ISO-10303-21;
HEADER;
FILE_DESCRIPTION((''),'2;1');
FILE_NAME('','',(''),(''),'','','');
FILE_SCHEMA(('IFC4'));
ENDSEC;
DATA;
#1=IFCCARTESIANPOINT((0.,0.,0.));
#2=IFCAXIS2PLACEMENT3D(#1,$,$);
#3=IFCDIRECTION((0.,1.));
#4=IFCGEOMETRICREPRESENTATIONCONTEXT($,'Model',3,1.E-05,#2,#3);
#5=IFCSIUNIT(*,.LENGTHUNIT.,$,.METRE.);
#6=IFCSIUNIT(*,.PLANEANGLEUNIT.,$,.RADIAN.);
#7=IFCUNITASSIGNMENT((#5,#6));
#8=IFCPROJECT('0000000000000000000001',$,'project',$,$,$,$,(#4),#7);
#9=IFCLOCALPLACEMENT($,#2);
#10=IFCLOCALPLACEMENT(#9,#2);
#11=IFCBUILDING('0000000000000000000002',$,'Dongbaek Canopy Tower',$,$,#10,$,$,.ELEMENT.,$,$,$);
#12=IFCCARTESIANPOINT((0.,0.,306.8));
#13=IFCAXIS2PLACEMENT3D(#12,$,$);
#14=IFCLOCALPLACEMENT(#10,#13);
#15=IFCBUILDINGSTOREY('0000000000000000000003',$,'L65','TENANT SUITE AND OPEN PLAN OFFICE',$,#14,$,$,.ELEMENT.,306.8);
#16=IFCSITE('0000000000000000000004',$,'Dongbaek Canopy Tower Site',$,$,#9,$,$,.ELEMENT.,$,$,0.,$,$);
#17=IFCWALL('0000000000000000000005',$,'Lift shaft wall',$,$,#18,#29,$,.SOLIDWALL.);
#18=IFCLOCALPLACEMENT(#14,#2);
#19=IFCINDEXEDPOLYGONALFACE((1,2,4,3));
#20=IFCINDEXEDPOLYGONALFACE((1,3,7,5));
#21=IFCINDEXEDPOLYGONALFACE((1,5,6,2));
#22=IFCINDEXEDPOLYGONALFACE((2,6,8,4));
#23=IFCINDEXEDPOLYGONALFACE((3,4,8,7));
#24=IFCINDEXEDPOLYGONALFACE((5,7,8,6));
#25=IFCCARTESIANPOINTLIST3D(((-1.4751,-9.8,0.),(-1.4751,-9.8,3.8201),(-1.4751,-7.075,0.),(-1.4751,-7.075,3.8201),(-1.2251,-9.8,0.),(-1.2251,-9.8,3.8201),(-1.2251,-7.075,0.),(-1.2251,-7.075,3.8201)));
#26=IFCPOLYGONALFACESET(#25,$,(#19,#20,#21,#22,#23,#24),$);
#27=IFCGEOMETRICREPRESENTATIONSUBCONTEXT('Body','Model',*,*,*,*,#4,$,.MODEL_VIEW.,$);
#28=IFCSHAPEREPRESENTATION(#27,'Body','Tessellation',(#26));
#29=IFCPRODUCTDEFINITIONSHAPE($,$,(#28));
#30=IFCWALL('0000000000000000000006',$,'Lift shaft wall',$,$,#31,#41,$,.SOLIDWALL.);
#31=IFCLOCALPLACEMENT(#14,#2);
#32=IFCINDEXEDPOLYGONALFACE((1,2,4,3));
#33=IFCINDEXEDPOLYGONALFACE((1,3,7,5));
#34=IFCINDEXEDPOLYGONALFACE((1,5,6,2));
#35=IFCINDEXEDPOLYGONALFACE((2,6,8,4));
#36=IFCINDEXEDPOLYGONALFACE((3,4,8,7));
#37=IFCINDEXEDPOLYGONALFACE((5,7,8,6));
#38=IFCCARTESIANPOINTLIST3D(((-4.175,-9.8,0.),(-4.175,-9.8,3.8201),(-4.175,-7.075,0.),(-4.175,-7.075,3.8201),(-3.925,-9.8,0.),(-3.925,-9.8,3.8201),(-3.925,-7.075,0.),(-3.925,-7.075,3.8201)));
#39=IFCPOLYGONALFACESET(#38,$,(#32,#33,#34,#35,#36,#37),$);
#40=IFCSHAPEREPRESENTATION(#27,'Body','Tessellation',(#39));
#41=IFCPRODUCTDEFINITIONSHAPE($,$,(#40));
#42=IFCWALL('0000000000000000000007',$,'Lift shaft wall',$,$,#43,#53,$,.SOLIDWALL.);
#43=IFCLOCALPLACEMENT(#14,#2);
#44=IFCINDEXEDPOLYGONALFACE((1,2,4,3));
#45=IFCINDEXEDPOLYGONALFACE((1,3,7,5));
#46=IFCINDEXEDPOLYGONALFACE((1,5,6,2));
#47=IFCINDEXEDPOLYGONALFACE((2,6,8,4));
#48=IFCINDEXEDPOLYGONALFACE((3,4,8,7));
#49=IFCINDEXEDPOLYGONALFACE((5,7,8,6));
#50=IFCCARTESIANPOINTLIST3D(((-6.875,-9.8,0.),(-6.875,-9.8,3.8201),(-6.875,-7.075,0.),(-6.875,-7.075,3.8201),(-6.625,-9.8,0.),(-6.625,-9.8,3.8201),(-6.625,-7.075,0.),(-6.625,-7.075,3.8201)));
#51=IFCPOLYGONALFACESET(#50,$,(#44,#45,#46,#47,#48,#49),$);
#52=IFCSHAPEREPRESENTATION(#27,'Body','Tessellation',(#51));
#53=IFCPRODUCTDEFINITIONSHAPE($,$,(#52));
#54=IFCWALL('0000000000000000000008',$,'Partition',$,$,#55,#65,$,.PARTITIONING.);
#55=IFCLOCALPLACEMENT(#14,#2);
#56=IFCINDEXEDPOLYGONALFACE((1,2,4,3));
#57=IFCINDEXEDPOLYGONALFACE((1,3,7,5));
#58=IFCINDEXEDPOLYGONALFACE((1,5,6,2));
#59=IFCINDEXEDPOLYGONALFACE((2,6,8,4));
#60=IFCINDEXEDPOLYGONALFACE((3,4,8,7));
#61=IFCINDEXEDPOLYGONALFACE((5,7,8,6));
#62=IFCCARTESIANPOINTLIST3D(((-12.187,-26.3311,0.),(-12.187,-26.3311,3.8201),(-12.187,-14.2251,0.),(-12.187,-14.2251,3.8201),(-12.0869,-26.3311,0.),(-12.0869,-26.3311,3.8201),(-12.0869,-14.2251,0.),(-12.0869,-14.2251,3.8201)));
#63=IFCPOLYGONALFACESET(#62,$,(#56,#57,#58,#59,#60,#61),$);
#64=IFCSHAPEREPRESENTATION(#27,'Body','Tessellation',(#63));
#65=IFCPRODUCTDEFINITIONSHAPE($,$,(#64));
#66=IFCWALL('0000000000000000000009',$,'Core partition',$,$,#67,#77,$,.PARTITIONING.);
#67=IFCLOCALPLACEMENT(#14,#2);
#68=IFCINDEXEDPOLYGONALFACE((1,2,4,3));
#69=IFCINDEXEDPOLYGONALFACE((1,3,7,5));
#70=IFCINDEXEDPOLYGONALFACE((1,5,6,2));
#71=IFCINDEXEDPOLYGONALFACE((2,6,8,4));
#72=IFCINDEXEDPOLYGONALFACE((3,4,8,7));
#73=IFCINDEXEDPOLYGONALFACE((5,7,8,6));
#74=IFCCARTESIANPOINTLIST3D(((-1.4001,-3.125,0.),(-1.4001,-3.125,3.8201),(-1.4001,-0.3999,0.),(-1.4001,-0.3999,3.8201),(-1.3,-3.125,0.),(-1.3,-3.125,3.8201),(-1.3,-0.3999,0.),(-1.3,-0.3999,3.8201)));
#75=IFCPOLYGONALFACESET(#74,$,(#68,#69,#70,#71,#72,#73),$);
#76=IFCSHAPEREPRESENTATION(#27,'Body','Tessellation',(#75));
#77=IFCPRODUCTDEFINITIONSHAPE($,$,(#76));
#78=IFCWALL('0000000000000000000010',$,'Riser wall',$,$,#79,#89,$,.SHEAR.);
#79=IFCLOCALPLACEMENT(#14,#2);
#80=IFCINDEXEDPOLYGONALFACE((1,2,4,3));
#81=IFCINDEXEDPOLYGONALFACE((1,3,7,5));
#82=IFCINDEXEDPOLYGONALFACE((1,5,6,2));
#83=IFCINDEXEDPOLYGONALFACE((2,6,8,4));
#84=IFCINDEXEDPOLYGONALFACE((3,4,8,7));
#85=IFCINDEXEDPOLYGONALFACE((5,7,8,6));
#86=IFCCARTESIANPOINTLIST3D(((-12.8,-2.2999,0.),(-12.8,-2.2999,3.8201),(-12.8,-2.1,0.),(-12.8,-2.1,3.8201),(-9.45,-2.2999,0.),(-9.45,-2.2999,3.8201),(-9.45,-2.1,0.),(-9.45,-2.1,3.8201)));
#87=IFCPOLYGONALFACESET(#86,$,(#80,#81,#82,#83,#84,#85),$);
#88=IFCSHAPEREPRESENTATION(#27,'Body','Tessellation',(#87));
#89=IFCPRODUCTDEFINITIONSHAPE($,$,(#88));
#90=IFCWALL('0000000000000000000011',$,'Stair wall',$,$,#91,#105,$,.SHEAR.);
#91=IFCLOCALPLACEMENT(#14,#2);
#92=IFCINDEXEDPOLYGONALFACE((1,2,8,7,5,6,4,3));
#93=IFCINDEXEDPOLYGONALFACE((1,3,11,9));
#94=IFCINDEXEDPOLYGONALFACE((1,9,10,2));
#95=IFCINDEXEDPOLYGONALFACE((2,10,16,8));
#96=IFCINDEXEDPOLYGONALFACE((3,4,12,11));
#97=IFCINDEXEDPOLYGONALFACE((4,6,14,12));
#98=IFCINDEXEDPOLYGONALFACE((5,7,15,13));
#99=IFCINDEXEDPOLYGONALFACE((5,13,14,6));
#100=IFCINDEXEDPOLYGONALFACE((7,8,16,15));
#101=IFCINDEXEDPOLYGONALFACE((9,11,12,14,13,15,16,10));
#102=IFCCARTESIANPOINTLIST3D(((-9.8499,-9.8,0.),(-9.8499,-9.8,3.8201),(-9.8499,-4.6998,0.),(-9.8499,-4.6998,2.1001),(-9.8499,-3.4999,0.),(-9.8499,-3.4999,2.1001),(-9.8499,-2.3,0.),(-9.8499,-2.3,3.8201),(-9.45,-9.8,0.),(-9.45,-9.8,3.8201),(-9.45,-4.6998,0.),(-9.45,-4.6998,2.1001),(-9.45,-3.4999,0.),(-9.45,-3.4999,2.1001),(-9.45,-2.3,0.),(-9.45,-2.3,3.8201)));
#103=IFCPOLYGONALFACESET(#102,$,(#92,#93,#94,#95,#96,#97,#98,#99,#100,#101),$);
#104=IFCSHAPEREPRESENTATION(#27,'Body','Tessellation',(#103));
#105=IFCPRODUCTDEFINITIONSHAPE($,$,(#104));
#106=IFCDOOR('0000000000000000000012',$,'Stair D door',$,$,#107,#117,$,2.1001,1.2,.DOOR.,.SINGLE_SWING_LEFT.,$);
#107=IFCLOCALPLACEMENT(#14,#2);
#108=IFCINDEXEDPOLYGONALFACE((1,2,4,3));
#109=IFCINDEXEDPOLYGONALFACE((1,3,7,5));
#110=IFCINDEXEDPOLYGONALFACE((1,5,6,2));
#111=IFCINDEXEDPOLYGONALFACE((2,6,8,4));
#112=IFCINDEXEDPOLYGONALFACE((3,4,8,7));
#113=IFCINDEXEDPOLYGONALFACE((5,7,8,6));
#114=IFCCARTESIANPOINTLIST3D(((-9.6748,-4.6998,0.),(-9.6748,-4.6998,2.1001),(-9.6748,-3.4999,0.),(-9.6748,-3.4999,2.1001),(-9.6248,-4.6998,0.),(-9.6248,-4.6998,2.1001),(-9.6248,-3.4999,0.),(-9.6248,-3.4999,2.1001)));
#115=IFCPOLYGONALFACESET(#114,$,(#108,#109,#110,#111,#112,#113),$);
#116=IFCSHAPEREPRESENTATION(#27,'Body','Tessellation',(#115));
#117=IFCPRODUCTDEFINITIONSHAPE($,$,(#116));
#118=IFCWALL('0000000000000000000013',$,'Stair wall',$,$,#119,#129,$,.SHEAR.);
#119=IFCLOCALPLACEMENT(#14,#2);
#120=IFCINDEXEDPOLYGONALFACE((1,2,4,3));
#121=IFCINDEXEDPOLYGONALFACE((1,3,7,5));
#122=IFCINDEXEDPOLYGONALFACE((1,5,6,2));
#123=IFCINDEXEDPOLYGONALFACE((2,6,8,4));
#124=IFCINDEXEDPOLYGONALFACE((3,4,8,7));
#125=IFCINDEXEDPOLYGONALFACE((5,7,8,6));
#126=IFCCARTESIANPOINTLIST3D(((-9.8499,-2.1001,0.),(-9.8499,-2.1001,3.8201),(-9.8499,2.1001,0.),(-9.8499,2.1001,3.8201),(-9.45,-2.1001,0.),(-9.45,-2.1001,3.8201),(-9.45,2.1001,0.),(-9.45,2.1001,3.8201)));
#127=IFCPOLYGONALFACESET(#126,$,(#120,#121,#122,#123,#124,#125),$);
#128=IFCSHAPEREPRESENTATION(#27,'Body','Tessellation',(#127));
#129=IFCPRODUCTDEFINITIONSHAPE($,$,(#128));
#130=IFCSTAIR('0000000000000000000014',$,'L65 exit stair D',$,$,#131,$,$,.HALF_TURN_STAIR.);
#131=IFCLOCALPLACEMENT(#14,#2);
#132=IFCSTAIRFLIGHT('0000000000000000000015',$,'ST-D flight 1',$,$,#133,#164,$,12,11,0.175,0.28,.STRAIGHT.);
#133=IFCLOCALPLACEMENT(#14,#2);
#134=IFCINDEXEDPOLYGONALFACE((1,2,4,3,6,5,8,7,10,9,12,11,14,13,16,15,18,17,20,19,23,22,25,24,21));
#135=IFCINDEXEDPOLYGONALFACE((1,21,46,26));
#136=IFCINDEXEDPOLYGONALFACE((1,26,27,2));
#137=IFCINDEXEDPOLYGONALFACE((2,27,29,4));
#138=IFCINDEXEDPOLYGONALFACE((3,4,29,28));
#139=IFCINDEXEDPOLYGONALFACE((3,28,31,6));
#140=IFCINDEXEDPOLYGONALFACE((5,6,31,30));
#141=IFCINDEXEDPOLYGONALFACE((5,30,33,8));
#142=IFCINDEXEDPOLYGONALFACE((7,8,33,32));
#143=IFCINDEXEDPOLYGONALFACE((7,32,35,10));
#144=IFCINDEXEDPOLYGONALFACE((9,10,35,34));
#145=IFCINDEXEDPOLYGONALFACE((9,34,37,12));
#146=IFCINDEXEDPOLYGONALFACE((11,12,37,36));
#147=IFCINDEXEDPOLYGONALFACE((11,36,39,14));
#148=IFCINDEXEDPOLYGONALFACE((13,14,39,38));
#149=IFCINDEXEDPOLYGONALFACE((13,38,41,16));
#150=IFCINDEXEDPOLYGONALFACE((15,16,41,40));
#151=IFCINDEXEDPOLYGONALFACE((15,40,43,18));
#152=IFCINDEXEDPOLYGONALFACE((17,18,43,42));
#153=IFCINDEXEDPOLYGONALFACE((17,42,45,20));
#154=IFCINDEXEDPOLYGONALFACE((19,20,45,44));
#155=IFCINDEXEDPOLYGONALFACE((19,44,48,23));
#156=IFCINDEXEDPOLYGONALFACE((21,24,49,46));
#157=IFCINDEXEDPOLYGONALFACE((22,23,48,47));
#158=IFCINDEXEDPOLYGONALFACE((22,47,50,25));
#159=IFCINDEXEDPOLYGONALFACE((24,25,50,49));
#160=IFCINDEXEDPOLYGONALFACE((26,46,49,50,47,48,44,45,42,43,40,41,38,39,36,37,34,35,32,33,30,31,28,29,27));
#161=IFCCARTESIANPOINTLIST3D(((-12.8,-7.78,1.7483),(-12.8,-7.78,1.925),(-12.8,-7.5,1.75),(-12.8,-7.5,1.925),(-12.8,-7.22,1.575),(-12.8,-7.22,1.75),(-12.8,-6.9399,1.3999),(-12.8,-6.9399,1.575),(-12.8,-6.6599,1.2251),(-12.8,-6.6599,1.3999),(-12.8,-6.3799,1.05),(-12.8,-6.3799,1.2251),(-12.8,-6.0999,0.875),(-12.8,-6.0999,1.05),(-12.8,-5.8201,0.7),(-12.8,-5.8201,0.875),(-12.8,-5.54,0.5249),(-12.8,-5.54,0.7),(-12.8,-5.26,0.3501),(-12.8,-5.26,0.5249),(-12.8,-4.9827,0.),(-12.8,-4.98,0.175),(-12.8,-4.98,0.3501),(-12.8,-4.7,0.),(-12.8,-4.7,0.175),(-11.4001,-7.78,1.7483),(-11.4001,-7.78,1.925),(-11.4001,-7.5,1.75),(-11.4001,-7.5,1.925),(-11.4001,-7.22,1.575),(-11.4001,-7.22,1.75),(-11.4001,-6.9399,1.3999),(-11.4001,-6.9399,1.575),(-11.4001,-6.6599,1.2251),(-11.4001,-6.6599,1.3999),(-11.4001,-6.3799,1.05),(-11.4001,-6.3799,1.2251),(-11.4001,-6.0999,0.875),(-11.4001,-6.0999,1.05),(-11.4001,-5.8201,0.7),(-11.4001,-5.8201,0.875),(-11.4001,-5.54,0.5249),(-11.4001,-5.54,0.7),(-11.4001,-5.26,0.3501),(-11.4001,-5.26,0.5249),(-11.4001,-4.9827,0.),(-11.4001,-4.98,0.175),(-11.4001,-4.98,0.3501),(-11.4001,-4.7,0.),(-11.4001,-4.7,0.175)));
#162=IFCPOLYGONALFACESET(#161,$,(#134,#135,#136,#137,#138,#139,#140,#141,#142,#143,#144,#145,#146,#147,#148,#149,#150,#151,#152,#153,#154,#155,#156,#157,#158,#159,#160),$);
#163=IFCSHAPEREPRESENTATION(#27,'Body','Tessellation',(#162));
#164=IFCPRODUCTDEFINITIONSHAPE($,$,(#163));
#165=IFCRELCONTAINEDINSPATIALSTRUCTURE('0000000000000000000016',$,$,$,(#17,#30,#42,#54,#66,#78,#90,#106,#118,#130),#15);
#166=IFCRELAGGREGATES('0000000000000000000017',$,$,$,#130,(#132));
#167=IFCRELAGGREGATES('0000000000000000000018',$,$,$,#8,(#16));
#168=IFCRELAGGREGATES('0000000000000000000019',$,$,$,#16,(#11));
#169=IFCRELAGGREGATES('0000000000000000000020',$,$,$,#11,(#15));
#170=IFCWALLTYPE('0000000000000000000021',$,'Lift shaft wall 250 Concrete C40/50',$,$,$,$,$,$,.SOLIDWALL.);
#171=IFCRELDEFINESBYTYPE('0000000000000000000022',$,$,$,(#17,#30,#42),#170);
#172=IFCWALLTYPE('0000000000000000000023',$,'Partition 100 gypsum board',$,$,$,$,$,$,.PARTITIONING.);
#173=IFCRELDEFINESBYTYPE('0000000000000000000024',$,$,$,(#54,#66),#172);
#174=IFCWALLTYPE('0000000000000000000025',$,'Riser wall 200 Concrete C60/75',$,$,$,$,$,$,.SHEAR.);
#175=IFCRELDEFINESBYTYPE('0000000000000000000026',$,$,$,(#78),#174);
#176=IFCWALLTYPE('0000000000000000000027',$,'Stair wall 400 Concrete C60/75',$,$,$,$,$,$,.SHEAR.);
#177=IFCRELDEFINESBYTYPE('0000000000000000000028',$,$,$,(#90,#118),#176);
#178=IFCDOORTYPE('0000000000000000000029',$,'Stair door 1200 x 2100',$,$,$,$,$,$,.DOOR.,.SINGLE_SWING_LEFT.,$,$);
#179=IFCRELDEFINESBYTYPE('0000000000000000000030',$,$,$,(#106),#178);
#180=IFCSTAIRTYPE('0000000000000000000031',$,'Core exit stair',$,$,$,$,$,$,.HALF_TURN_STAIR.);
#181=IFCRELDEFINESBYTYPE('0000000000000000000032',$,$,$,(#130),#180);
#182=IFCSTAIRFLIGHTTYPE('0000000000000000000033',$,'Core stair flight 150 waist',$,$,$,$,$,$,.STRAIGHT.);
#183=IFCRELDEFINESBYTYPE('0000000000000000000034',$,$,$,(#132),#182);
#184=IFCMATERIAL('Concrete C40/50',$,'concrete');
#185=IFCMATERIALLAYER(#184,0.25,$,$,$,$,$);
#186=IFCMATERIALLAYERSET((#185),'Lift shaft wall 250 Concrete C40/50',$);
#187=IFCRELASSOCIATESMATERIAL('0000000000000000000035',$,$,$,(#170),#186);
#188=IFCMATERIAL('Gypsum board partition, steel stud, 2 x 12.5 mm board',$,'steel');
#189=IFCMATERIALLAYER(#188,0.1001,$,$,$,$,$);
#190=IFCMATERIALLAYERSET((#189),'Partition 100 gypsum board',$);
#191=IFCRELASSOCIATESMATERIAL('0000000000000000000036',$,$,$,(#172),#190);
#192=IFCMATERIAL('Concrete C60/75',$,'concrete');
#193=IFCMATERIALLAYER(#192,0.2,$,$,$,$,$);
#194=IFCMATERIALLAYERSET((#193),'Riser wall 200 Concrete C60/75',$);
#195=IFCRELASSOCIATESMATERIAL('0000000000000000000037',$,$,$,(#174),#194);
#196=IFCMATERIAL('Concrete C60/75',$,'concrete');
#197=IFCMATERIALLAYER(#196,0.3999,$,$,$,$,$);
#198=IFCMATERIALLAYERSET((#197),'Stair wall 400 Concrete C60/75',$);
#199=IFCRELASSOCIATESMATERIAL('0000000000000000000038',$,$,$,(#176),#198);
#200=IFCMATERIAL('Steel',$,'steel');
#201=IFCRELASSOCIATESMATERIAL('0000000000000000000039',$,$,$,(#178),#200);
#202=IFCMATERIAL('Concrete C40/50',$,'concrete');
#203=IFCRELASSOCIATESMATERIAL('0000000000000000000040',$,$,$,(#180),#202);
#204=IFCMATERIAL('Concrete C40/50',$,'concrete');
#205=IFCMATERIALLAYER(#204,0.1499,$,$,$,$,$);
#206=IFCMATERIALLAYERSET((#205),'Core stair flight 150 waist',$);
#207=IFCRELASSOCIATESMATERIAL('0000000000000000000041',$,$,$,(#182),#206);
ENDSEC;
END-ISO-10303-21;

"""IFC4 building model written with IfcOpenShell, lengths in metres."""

from ifc_helpers import new_model, si_unit, direction, frame, frame_2d, origin, place, context, subcontext, project, spatial, polyline, rectangle, outline, extrude, material, layer, layer_set, type_object, element, fill, aggregate, save


model = new_model("IFC4")

# Units and contexts
model_context = context("Model", 3, precision=1e-05, world=origin(), true_north=direction((0.0, 1.0)))
body_context = subcontext(model_context, "Body", "Model", "MODEL_VIEW")
ifc_project = project(units=[si_unit("LENGTHUNIT", "METRE"), si_unit("PLANEANGLEUNIT", "RADIAN")], contexts=[model_context])

# Site, building, storey
site_placement = place(None, origin())
site = spatial("IfcSite", under=ifc_project, at=site_placement, Name="Dongbaek Canopy Tower Site", CompositionType="ELEMENT", RefElevation=0.0)
building_placement = place(site_placement, origin())
building = spatial("IfcBuilding", under=site, at=building_placement, Name="Dongbaek Canopy Tower", CompositionType="ELEMENT")
storey_placement = place(building_placement, frame((0.0, 0.0, 306.8)))
storey = spatial("IfcBuildingStorey", under=building, at=storey_placement, Name="L65", Description="TENANT SUITE AND OPEN PLAN OFFICE", CompositionType="ELEMENT", Elevation=306.8)

# Walls
ifc_material_1 = material(Name="Concrete C40/50", Category="concrete")
ifc_layer_1 = layer(ifc_material_1, 0.25)
ifc_layer_set_1 = layer_set([ifc_layer_1], Name="Lift shaft wall 250 Concrete C40/50")
wall_type_1 = type_object("IfcWallType", Name="Lift shaft wall 250 Concrete C40/50", PredefinedType="SOLIDWALL", material=ifc_layer_set_1)
for number, where, z_axis, x_axis, name in (
    (1, (-1.3501, -9.8, 0.0), (0.0, 0.0, 1.0), (0.0, 1.0, 0.0), "Lift shaft wall"),
    (2, (-4.05, -9.8, 0.0), (0.0, 0.0, 1.0), (0.0, 1.0, 0.0), "Lift shaft wall"),
    (3, (-6.75, -9.8, 0.0), (0.0, 0.0, 1.0), (0.0, 1.0, 0.0), "Lift shaft wall"),
):
    element("IfcWall", number, at=place(storey_placement, frame(where, z_axis=z_axis, x_axis=x_axis)), inside=storey, type_object=wall_type_1, Name=name, PredefinedType="SOLIDWALL", context=body_context, shape_type="SweptSolid", body=[
        extrude(rectangle(XDim=2.7251, YDim=0.25, at=frame_2d((1.3625, 0.0))), origin(), (0.0, 0.0, 1.0), 3.8201),
    ])
ifc_material_2 = material(Name="Gypsum board partition, steel stud, 2 x 12.5 mm board", Category="steel")
ifc_layer_2 = layer(ifc_material_2, 0.1001)
ifc_layer_set_2 = layer_set([ifc_layer_2], Name="Partition 100 gypsum board")
wall_type_2 = type_object("IfcWallType", Name="Partition 100 gypsum board", PredefinedType="PARTITIONING", material=ifc_layer_set_2)
wall_1_placement = place(storey_placement, frame((-12.137, -26.3311, 0.0), z_axis=(0.0, 0.0, 1.0), x_axis=(0.0, 1.0, 0.0)))
element("IfcWall", 4, at=wall_1_placement, inside=storey, type_object=wall_type_2, Name="Partition", PredefinedType="PARTITIONING", context=body_context, shape_type="SweptSolid", body=[
    extrude(rectangle(XDim=12.106, YDim=0.1001, at=frame_2d((6.053, 0.0))), origin(), (0.0, 0.0, 1.0), 3.8201),
])
wall_2_placement = place(storey_placement, frame((-1.3501, -3.125, 0.0), z_axis=(0.0, 0.0, 1.0), x_axis=(0.0, 1.0, 0.0)))
element("IfcWall", 5, at=wall_2_placement, inside=storey, type_object=wall_type_2, Name="Core partition", PredefinedType="PARTITIONING", context=body_context, shape_type="SweptSolid", body=[
    extrude(rectangle(XDim=2.7251, YDim=0.1001, at=frame_2d((1.3625, 0.0))), origin(), (0.0, 0.0, 1.0), 3.8201),
])
ifc_material_3 = material(Name="Concrete C60/75", Category="concrete")
ifc_layer_3 = layer(ifc_material_3, 0.2)
ifc_layer_set_3 = layer_set([ifc_layer_3], Name="Riser wall 200 Concrete C60/75")
wall_type_3 = type_object("IfcWallType", Name="Riser wall 200 Concrete C60/75", PredefinedType="SHEAR", material=ifc_layer_set_3)
wall_3_placement = place(storey_placement, frame((-9.45, -2.2, 0.0), z_axis=(0.0, 0.0, 1.0), x_axis=(-1.0, 0.0, 0.0)))
element("IfcWall", 6, at=wall_3_placement, inside=storey, type_object=wall_type_3, Name="Riser wall", PredefinedType="SHEAR", context=body_context, shape_type="SweptSolid", body=[
    extrude(rectangle(XDim=3.3501, YDim=0.2, at=frame_2d((1.675, 0.0))), origin(), (0.0, 0.0, 1.0), 3.8201),
])

# Wall, opening, door
ifc_material_4 = material(Name="Concrete C60/75", Category="concrete")
ifc_layer_4 = layer(ifc_material_4, 0.3999)
ifc_layer_set_4 = layer_set([ifc_layer_4], Name="Stair wall 400 Concrete C60/75")
wall_type_4 = type_object("IfcWallType", Name="Stair wall 400 Concrete C60/75", PredefinedType="SHEAR", material=ifc_layer_set_4)
wall_4_placement = place(storey_placement, frame((-9.6499, -9.8, 0.0), z_axis=(0.0, 0.0, 1.0), x_axis=(0.0, 1.0, 0.0)))
wall_4 = element("IfcWall", 7, at=wall_4_placement, inside=storey, type_object=wall_type_4, Name="Stair wall", PredefinedType="SHEAR", context=body_context, shape_type="SweptSolid", body=[
    extrude(rectangle(XDim=7.5, YDim=0.3999, at=frame_2d((3.75, 0.0))), origin(), (0.0, 0.0, 1.0), 3.8201),
])
opening_1_placement = place(wall_4_placement, frame((5.1001, 0.0, 0.0)))
opening_1 = element("IfcOpeningElement", 8, at=opening_1_placement, cuts=wall_4, PredefinedType="OPENING", context=body_context, shape_type="SweptSolid", body=[
    extrude(rectangle(XDim=1.2, YDim=2.1001, at=frame_2d((0.6001, 1.05))), frame((0.0, 0.21, 0.0), z_axis=(0.0, -1.0, 0.0), x_axis=(1.0, 0.0, 0.0)), (0.0, 0.0, 1.0), 0.4199),
])
ifc_material_5 = material(Name="Steel", Category="steel")
door_type_1 = type_object("IfcDoorType", Name="Stair door 1200 x 2100", OperationType="SINGLE_SWING_LEFT", PredefinedType="DOOR", material=ifc_material_5)
door_1_placement = place(opening_1_placement, origin())
door_1 = element("IfcDoor", 9, at=door_1_placement, inside=storey, type_object=door_type_1, Name="Stair D door", OperationType="SINGLE_SWING_LEFT", OverallHeight=2.1001, OverallWidth=1.2, PredefinedType="DOOR", context=body_context, shape_type="SweptSolid", body=[
    extrude(rectangle(XDim=1.2, YDim=2.1001, at=frame_2d((0.6001, 1.05))), frame((0.0, 0.0249, 0.0), z_axis=(0.0, -1.0, 0.0), x_axis=(1.0, 0.0, 0.0)), (0.0, 0.0, 1.0), 0.05),
])
fill(opening_1, door_1)

# Wall
wall_5_placement = place(storey_placement, frame((-9.6499, -2.1001, 0.0), z_axis=(0.0, 0.0, 1.0), x_axis=(0.0, 1.0, 0.0)))
element("IfcWall", 10, at=wall_5_placement, inside=storey, type_object=wall_type_4, Name="Stair wall", PredefinedType="SHEAR", context=body_context, shape_type="SweptSolid", body=[
    extrude(rectangle(XDim=4.2002, YDim=0.3999, at=frame_2d((2.1001, 0.0))), origin(), (0.0, 0.0, 1.0), 3.8201),
])

# Stair, stair flight
ifc_material_6 = material(Name="Concrete C40/50", Category="concrete")
stair_type = type_object("IfcStairType", Name="Core exit stair", PredefinedType="HALF_TURN_STAIR", material=ifc_material_6)
stair_placement = place(storey_placement, origin())
stair = element("IfcStair", 11, at=stair_placement, inside=storey, type_object=stair_type, Name="L65 exit stair D", PredefinedType="HALF_TURN_STAIR")
ifc_material_7 = material(Name="Concrete C40/50", Category="concrete")
ifc_layer_5 = layer(ifc_material_7, 0.1499)
ifc_layer_set_5 = layer_set([ifc_layer_5], Name="Core stair flight 150 waist")
stair_flight_type = type_object("IfcStairFlightType", Name="Core stair flight 150 waist", PredefinedType="STRAIGHT", material=ifc_layer_set_5)
stair_flight_1_placement = place(storey_placement, frame((-12.1001, -4.7, 0.0), z_axis=(0.0, 0.0, 1.0), x_axis=(0.0, -1.0, 0.0)))
stair_flight_1 = element("IfcStairFlight", 12, at=stair_flight_1_placement, type_object=stair_flight_type, Name="ST-D flight 1", NumberOfRisers=12, NumberOfTreads=11, PredefinedType="STRAIGHT", RiserHeight=0.175, TreadLength=0.28, context=body_context, shape_type="SweptSolid", body=[
    extrude(outline(polyline([(0.0, 0.0), (0.0, 0.175), (0.28, 0.175), (0.28, 0.3501), (0.5601, 0.3501), (0.5601, 0.5249), (0.8401, 0.5249), (0.8401, 0.7), (1.1201, 0.7), (1.1201, 0.875), (1.3999, 0.875), (1.3999, 1.05), (1.6799, 1.05), (1.6799, 1.2251), (1.96, 1.2251), (1.96, 1.3999), (2.24, 1.3999), (2.24, 1.575), (2.52, 1.575), (2.52, 1.75), (2.8, 1.75), (2.8, 1.925), (3.0801, 1.925), (3.0801, 2.1001), (3.0801, 1.7483), (0.2827, 0.0), (0.0, 0.0)])), frame((0.0, 0.7, 0.0), z_axis=(0.0, -1.0, 0.0), x_axis=(1.0, 0.0, 0.0)), (0.0, 0.0, 1.0), 1.3999),
])
aggregate(stair, [stair_flight_1])

save(model, "model.ifc")
